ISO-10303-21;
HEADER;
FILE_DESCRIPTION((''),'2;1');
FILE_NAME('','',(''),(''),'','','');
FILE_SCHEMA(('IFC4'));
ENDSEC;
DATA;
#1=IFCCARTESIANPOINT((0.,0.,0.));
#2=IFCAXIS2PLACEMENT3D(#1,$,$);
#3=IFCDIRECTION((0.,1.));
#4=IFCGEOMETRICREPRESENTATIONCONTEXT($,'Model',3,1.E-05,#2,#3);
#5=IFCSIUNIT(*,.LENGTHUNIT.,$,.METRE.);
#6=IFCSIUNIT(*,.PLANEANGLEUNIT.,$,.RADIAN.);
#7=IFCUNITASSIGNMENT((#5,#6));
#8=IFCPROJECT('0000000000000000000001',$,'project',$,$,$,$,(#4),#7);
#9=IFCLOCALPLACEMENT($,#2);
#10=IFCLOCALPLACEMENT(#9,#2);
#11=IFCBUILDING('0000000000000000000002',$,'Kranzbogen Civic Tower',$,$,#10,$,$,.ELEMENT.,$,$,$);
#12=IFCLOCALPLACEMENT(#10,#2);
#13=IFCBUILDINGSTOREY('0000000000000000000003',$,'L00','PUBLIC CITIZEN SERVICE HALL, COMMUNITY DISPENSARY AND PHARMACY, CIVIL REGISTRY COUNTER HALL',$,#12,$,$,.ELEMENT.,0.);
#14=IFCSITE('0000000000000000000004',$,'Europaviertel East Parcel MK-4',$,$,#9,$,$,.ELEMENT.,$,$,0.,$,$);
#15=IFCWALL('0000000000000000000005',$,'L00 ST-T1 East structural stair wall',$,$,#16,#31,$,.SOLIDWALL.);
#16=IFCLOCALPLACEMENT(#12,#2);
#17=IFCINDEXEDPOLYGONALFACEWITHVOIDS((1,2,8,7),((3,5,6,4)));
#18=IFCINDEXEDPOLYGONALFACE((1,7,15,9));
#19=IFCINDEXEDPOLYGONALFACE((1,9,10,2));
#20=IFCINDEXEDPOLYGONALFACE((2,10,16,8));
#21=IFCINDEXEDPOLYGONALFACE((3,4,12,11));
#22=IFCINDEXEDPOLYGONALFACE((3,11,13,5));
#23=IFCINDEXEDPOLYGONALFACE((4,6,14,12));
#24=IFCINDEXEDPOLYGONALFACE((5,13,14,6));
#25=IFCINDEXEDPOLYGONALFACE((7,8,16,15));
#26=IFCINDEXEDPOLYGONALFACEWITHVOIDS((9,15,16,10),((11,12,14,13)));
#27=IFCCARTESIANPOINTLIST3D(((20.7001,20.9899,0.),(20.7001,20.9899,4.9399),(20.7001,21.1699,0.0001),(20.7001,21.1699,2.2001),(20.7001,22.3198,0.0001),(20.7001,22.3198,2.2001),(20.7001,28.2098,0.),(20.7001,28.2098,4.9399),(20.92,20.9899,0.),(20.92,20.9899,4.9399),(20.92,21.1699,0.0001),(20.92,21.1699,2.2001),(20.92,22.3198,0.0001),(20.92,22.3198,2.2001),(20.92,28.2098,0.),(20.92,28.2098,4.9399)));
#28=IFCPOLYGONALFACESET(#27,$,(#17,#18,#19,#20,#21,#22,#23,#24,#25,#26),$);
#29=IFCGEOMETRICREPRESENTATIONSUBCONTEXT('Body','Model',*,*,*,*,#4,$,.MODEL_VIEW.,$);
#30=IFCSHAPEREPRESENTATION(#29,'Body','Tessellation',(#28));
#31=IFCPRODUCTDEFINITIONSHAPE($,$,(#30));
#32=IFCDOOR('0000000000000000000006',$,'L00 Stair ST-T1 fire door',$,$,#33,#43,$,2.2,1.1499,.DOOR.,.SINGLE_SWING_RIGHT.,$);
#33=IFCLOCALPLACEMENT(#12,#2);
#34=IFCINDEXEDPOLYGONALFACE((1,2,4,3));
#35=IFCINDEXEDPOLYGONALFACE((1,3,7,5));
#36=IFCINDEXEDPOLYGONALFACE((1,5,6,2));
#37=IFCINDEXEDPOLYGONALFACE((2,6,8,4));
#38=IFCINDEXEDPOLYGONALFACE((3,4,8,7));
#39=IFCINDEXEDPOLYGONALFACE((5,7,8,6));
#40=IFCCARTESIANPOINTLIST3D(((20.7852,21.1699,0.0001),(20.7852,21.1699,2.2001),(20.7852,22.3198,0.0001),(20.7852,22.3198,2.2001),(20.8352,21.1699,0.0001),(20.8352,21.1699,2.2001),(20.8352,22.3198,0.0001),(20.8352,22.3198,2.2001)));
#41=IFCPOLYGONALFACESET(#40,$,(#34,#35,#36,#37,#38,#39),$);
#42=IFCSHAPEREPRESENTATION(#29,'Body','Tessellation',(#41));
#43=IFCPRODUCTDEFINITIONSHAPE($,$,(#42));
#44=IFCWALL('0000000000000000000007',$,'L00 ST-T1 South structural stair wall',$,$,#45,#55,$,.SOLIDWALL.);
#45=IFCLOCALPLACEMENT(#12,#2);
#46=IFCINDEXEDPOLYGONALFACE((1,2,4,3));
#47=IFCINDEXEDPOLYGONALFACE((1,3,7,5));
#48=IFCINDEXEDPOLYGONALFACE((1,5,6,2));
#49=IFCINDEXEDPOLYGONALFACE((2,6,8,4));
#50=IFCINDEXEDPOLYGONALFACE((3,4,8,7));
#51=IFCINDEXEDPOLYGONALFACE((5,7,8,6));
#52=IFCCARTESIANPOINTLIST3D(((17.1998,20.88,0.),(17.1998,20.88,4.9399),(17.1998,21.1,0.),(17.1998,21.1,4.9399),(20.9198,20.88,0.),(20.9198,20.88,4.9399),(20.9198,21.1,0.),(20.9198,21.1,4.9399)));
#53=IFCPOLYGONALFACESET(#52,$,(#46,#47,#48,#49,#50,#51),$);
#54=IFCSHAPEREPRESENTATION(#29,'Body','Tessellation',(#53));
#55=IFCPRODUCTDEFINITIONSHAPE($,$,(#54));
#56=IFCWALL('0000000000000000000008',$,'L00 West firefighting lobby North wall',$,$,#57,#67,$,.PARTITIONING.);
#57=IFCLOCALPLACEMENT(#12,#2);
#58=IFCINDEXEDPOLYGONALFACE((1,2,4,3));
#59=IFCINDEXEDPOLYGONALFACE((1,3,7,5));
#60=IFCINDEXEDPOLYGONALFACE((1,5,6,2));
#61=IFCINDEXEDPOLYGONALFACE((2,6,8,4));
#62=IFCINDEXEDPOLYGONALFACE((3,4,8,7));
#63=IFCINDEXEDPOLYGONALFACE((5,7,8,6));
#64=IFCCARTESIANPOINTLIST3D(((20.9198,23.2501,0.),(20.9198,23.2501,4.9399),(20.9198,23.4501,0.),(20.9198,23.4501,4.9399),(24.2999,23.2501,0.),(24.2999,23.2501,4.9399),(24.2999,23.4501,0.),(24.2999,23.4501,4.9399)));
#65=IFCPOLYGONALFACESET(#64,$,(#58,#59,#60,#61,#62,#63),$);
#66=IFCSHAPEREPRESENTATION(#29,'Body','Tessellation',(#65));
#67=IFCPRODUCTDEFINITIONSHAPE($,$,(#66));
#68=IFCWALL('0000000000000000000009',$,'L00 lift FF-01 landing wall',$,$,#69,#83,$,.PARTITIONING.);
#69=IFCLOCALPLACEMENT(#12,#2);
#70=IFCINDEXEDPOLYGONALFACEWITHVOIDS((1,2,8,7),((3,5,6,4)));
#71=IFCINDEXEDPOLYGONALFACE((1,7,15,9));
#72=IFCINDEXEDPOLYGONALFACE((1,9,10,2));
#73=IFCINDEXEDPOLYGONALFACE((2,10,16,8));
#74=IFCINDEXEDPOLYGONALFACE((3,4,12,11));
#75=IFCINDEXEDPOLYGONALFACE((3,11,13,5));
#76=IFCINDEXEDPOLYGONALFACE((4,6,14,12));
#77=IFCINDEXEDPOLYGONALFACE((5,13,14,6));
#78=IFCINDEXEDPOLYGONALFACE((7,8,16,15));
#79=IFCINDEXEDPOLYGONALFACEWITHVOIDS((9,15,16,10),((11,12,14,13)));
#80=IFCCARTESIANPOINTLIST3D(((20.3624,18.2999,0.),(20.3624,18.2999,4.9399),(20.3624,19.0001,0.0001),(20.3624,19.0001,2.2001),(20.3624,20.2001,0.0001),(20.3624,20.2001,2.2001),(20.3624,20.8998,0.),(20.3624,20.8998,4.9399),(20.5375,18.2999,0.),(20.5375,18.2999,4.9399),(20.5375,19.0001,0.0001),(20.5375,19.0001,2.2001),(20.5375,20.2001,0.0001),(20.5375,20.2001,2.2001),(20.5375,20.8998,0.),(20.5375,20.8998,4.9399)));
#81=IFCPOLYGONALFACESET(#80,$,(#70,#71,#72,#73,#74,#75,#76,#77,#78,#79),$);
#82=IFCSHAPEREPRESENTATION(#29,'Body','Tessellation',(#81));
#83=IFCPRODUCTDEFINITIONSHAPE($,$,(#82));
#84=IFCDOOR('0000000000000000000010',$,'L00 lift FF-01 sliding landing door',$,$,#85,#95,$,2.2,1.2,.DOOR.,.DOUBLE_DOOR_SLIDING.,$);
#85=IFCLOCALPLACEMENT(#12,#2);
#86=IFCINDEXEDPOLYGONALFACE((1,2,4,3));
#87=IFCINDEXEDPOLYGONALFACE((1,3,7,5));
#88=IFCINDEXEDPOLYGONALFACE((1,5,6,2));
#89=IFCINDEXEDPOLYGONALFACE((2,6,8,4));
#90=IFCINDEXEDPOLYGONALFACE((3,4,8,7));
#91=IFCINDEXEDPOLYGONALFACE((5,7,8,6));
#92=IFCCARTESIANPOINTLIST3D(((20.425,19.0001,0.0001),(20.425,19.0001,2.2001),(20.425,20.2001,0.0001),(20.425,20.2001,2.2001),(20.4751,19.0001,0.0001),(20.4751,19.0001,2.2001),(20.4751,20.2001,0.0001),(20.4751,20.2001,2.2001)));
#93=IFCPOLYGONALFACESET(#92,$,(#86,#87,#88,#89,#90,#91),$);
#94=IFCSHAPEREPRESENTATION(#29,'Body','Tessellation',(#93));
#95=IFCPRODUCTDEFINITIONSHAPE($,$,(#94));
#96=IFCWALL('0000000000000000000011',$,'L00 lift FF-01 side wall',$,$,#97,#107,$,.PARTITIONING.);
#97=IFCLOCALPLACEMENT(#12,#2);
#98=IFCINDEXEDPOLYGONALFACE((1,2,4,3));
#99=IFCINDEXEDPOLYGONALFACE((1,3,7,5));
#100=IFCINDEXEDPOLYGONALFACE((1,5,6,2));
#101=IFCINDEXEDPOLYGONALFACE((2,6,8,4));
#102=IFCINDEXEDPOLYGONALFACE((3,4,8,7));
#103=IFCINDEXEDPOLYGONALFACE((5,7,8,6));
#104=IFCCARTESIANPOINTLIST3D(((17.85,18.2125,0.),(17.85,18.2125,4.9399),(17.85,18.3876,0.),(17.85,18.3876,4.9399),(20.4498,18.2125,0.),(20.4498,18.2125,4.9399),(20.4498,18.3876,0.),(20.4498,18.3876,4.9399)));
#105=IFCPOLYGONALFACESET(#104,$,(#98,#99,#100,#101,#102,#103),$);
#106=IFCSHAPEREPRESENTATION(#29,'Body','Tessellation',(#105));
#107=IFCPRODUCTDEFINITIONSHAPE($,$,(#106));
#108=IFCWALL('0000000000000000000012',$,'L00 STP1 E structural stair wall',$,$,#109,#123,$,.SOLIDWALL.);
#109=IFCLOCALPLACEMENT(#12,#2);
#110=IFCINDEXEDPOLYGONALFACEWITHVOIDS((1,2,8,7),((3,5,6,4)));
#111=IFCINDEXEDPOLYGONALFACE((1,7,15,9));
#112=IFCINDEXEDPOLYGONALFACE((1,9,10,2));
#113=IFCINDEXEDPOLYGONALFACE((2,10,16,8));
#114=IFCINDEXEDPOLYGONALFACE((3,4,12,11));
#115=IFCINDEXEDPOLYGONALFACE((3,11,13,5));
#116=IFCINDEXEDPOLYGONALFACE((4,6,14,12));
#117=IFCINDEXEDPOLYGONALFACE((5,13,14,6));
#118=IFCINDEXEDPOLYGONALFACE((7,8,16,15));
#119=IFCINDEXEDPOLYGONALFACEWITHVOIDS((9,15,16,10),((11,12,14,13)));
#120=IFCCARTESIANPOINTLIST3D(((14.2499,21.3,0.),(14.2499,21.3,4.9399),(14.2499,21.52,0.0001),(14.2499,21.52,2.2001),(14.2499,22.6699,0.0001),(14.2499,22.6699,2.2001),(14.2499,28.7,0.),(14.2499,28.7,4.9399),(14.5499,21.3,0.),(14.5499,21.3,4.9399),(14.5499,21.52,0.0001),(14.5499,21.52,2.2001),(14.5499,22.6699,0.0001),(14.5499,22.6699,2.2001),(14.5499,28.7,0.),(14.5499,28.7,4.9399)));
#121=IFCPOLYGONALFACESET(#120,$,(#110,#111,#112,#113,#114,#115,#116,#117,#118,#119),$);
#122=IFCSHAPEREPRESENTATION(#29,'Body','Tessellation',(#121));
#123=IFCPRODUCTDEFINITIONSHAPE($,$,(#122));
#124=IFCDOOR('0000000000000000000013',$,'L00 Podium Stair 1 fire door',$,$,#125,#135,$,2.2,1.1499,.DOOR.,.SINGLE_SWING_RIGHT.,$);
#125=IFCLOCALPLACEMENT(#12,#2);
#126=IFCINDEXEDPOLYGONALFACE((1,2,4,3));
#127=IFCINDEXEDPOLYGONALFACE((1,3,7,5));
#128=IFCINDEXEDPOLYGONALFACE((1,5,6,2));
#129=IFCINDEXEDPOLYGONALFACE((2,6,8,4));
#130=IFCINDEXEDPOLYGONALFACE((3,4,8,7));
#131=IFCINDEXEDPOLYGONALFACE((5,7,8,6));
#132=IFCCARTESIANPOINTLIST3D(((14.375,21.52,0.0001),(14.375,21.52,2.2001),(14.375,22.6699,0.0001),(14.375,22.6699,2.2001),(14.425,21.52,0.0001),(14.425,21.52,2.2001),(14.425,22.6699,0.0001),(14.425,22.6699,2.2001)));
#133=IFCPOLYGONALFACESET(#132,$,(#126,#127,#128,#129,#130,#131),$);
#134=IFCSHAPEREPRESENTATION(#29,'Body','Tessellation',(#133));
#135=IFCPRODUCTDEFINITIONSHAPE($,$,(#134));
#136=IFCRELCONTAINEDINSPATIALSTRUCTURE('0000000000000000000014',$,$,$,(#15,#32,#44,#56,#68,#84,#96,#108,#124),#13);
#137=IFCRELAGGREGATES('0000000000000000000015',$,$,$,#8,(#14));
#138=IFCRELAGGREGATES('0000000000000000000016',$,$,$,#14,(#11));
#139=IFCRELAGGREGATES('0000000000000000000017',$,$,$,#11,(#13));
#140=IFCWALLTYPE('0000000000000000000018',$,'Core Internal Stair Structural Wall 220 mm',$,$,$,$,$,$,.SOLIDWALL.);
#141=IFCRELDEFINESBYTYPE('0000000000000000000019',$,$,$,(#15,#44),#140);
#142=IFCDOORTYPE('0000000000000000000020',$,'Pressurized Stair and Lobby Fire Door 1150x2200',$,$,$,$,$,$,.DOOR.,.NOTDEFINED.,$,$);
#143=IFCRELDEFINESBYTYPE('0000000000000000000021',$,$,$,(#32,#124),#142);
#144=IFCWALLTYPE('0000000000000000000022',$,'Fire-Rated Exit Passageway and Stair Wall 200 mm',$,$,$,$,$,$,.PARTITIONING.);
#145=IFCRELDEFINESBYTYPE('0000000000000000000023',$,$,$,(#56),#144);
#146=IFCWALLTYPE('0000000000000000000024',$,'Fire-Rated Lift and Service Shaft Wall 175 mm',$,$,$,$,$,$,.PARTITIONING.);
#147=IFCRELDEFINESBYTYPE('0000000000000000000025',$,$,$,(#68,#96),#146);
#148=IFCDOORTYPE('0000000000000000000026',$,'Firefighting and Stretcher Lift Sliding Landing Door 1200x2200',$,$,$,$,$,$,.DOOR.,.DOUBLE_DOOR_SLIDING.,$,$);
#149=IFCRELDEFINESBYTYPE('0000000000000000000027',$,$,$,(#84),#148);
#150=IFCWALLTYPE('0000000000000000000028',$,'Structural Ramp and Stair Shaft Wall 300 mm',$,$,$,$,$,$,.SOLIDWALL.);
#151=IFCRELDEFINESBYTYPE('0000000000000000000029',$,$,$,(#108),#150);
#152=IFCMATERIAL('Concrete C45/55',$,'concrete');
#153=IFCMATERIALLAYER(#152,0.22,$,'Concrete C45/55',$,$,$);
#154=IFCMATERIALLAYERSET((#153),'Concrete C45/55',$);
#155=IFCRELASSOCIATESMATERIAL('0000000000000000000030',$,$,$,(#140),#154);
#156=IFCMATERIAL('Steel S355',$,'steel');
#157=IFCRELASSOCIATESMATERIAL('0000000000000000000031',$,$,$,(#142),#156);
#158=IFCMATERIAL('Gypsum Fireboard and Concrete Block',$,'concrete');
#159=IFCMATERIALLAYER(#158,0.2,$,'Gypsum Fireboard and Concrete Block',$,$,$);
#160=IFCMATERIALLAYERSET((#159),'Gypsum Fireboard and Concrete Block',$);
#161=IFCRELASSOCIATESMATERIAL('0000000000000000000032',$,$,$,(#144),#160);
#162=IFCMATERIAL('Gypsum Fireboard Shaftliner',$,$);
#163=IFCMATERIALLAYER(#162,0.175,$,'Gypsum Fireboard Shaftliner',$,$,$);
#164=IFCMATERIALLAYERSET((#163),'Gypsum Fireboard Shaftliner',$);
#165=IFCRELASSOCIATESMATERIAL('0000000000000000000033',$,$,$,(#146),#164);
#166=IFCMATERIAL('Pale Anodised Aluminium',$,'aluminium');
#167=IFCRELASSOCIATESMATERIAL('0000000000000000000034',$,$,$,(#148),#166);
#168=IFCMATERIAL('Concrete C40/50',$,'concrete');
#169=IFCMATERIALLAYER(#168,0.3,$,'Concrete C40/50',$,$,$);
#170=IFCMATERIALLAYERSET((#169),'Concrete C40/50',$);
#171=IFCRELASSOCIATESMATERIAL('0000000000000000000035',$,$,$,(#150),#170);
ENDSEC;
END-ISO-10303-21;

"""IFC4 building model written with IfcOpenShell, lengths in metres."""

from ifc_helpers import new_model, si_unit, direction, frame, frame_2d, origin, place, context, subcontext, project, spatial, rectangle, extrude, material, layer, layer_set, type_object, element, fill, save


model = new_model("IFC4")

# Units and contexts
model_context = context("Model", 3, precision=1e-05, world=origin(), true_north=direction((0.0, 1.0)))
body_context = subcontext(model_context, "Body", "Model", "MODEL_VIEW")
ifc_project = project(units=[si_unit("LENGTHUNIT", "METRE"), si_unit("PLANEANGLEUNIT", "RADIAN")], contexts=[model_context])

# Site, building, storey
site_placement = place(None, origin())
site = spatial("IfcSite", under=ifc_project, at=site_placement, Name="Europaviertel East Parcel MK-4", CompositionType="ELEMENT", RefElevation=0.0)
building_placement = place(site_placement, origin())
building = spatial("IfcBuilding", under=site, at=building_placement, Name="Kranzbogen Civic Tower", CompositionType="ELEMENT")
storey_placement = place(building_placement, origin())
storey = spatial("IfcBuildingStorey", under=building, at=storey_placement, Name="L00", Description="PUBLIC CITIZEN SERVICE HALL, COMMUNITY DISPENSARY AND PHARMACY, CIVIL REGISTRY COUNTER HALL", CompositionType="ELEMENT", Elevation=0.0)

# Shared definitions
ifc_material_1 = material(Name="Concrete C45/55", Category="concrete")

# Shared definitions
ifc_material_2 = material(Name="Steel S355", Category="steel")

# Shared definitions
ifc_material_3 = material(Name="Pale Anodised Aluminium", Category="aluminium")

# Wall, opening, door
ifc_layer_1 = layer(ifc_material_1, 0.22, Name="Concrete C45/55")
ifc_layer_set_1 = layer_set([ifc_layer_1], Name="Concrete C45/55")
wall_type_1 = type_object("IfcWallType", Name="Core Internal Stair Structural Wall 220 mm", PredefinedType="SOLIDWALL", material=ifc_layer_set_1)
wall_1_placement = place(storey_placement, frame((20.8101, 20.99, 0.0), z_axis=(0.0, 0.0, 1.0), x_axis=(0.0, 1.0, 0.0)))
wall_1 = element("IfcWall", 1, at=wall_1_placement, inside=storey, type_object=wall_type_1, Name="L00 ST-T1 East structural stair wall", PredefinedType="SOLIDWALL", context=body_context, shape_type="SweptSolid", body=[
    extrude(rectangle(XDim=7.22, YDim=0.22, at=frame_2d((3.6099, 0.0))), origin(), (0.0, 0.0, 1.0), 4.9399),
])
opening_1_placement = place(wall_1_placement, frame((0.1799, 0.0, 0.0)))
opening_1 = element("IfcOpeningElement", 2, at=opening_1_placement, cuts=wall_1, PredefinedType="OPENING", context=body_context, shape_type="SweptSolid", body=[
    extrude(rectangle(XDim=1.1499, YDim=2.2, at=frame_2d((0.575, 1.1001))), frame((0.0, 0.1201, 0.0), z_axis=(0.0, -1.0, 0.0), x_axis=(1.0, 0.0, 0.0)), (0.0, 0.0, 1.0), 0.24),
])
door_type_1 = type_object("IfcDoorType", Name="Pressurized Stair and Lobby Fire Door 1150x2200", OperationType="NOTDEFINED", PredefinedType="DOOR", material=ifc_material_2)
door_1_placement = place(opening_1_placement, origin())
door_1 = element("IfcDoor", 3, at=door_1_placement, inside=storey, type_object=door_type_1, Name="L00 Stair ST-T1 fire door", OperationType="SINGLE_SWING_RIGHT", OverallHeight=2.2, OverallWidth=1.1499, PredefinedType="DOOR", context=body_context, shape_type="SweptSolid", body=[
    extrude(rectangle(XDim=1.1499, YDim=2.2, at=frame_2d((0.575, 1.1001))), frame((0.0, 0.0249, 0.0), z_axis=(0.0, -1.0, 0.0), x_axis=(1.0, 0.0, 0.0)), (0.0, 0.0, 1.0), 0.05),
])
fill(opening_1, door_1)

# Walls
wall_2_placement = place(storey_placement, frame((17.2, 20.99, 0.0), z_axis=(0.0, 0.0, 1.0), x_axis=(1.0, 0.0, 0.0)))
element("IfcWall", 4, at=wall_2_placement, inside=storey, type_object=wall_type_1, Name="L00 ST-T1 South structural stair wall", PredefinedType="SOLIDWALL", context=body_context, shape_type="SweptSolid", body=[
    extrude(rectangle(XDim=3.72, YDim=0.22, at=frame_2d((1.8599, 0.0))), origin(), (0.0, 0.0, 1.0), 4.9399),
])
ifc_material_4 = material(Name="Gypsum Fireboard and Concrete Block", Category="concrete")
ifc_layer_2 = layer(ifc_material_4, 0.2, Name="Gypsum Fireboard and Concrete Block")
ifc_layer_set_2 = layer_set([ifc_layer_2], Name="Gypsum Fireboard and Concrete Block")
wall_type_2 = type_object("IfcWallType", Name="Fire-Rated Exit Passageway and Stair Wall 200 mm", PredefinedType="PARTITIONING", material=ifc_layer_set_2)
wall_3_placement = place(storey_placement, frame((20.9199, 23.3501, 0.0), z_axis=(0.0, 0.0, 1.0), x_axis=(1.0, 0.0, 0.0)))
element("IfcWall", 5, at=wall_3_placement, inside=storey, type_object=wall_type_2, Name="L00 West firefighting lobby North wall", PredefinedType="PARTITIONING", context=body_context, shape_type="SweptSolid", body=[
    extrude(rectangle(XDim=3.3801, YDim=0.2, at=frame_2d((1.6899, 0.0))), origin(), (0.0, 0.0, 1.0), 4.9399),
])

# Wall, opening, door
ifc_material_5 = material(Name="Gypsum Fireboard Shaftliner")
ifc_layer_3 = layer(ifc_material_5, 0.175, Name="Gypsum Fireboard Shaftliner")
ifc_layer_set_3 = layer_set([ifc_layer_3], Name="Gypsum Fireboard Shaftliner")
wall_type_3 = type_object("IfcWallType", Name="Fire-Rated Lift and Service Shaft Wall 175 mm", PredefinedType="PARTITIONING", material=ifc_layer_set_3)
wall_4_placement = place(storey_placement, frame((20.45, 18.3, 0.0), z_axis=(0.0, 0.0, 1.0), x_axis=(0.0, 1.0, 0.0)))
wall_4 = element("IfcWall", 6, at=wall_4_placement, inside=storey, type_object=wall_type_3, Name="L00 lift FF-01 landing wall", PredefinedType="PARTITIONING", context=body_context, shape_type="SweptSolid", body=[
    extrude(rectangle(XDim=2.5999, YDim=0.175, at=frame_2d((1.2998, 0.0))), origin(), (0.0, 0.0, 1.0), 4.9399),
])
opening_2_placement = place(wall_4_placement, frame((0.7, 0.0, 0.0)))
opening_2 = element("IfcOpeningElement", 7, at=opening_2_placement, cuts=wall_4, PredefinedType="OPENING", context=body_context, shape_type="SweptSolid", body=[
    extrude(rectangle(XDim=1.2, YDim=2.2, at=frame_2d((0.6001, 1.1001))), frame((0.0, 0.0977, 0.0), z_axis=(0.0, -1.0, 0.0), x_axis=(1.0, 0.0, 0.0)), (0.0, 0.0, 1.0), 0.1951),
])
door_type_2 = type_object("IfcDoorType", Name="Firefighting and Stretcher Lift Sliding Landing Door 1200x2200", OperationType="DOUBLE_DOOR_SLIDING", PredefinedType="DOOR", material=ifc_material_3)
door_2_placement = place(opening_2_placement, origin())
door_2 = element("IfcDoor", 8, at=door_2_placement, inside=storey, type_object=door_type_2, Name="L00 lift FF-01 sliding landing door", OperationType="DOUBLE_DOOR_SLIDING", OverallHeight=2.2, OverallWidth=1.2, PredefinedType="DOOR", context=body_context, shape_type="SweptSolid", body=[
    extrude(rectangle(XDim=1.2, YDim=2.2, at=frame_2d((0.6001, 1.1001))), frame((0.0, 0.0249, 0.0), z_axis=(0.0, -1.0, 0.0), x_axis=(1.0, 0.0, 0.0)), (0.0, 0.0, 1.0), 0.05),
])
fill(opening_2, door_2)

# Wall
wall_5_placement = place(storey_placement, frame((17.8501, 18.3, 0.0), z_axis=(0.0, 0.0, 1.0), x_axis=(1.0, 0.0, 0.0)))
element("IfcWall", 9, at=wall_5_placement, inside=storey, type_object=wall_type_3, Name="L00 lift FF-01 side wall", PredefinedType="PARTITIONING", context=body_context, shape_type="SweptSolid", body=[
    extrude(rectangle(XDim=2.5999, YDim=0.175, at=frame_2d((1.2998, 0.0))), origin(), (0.0, 0.0, 1.0), 4.9399),
])

# Wall, opening, door
ifc_material_6 = material(Name="Concrete C40/50", Category="concrete")
ifc_layer_4 = layer(ifc_material_6, 0.3, Name="Concrete C40/50")
ifc_layer_set_4 = layer_set([ifc_layer_4], Name="Concrete C40/50")
wall_type_4 = type_object("IfcWallType", Name="Structural Ramp and Stair Shaft Wall 300 mm", PredefinedType="SOLIDWALL", material=ifc_layer_set_4)
wall_6_placement = place(storey_placement, frame((14.3999, 21.3, 0.0), z_axis=(0.0, 0.0, 1.0), x_axis=(0.0, 1.0, 0.0)))
wall_6 = element("IfcWall", 10, at=wall_6_placement, inside=storey, type_object=wall_type_4, Name="L00 STP1 E structural stair wall", PredefinedType="SOLIDWALL", context=body_context, shape_type="SweptSolid", body=[
    extrude(rectangle(XDim=7.3999, YDim=0.3, at=frame_2d((3.7, 0.0))), origin(), (0.0, 0.0, 1.0), 4.9399),
])
opening_3_placement = place(wall_6_placement, frame((0.22, 0.0, 0.0)))
opening_3 = element("IfcOpeningElement", 11, at=opening_3_placement, cuts=wall_6, PredefinedType="OPENING", context=body_context, shape_type="SweptSolid", body=[
    extrude(rectangle(XDim=1.1499, YDim=2.2, at=frame_2d((0.575, 1.1001))), frame((0.0, 0.1602, 0.0), z_axis=(0.0, -1.0, 0.0), x_axis=(1.0, 0.0, 0.0)), (0.0, 0.0, 1.0), 0.3201),
])
door_3_placement = place(opening_3_placement, origin())
door_3 = element("IfcDoor", 12, at=door_3_placement, inside=storey, type_object=door_type_1, Name="L00 Podium Stair 1 fire door", OperationType="SINGLE_SWING_RIGHT", OverallHeight=2.2, OverallWidth=1.1499, PredefinedType="DOOR", context=body_context, shape_type="SweptSolid", body=[
    extrude(rectangle(XDim=1.1499, YDim=2.2, at=frame_2d((0.575, 1.1001))), frame((0.0, 0.0249, 0.0), z_axis=(0.0, -1.0, 0.0), x_axis=(1.0, 0.0, 0.0)), (0.0, 0.0, 1.0), 0.05),
])
fill(opening_3, door_3)

save(model, "model.ifc")
